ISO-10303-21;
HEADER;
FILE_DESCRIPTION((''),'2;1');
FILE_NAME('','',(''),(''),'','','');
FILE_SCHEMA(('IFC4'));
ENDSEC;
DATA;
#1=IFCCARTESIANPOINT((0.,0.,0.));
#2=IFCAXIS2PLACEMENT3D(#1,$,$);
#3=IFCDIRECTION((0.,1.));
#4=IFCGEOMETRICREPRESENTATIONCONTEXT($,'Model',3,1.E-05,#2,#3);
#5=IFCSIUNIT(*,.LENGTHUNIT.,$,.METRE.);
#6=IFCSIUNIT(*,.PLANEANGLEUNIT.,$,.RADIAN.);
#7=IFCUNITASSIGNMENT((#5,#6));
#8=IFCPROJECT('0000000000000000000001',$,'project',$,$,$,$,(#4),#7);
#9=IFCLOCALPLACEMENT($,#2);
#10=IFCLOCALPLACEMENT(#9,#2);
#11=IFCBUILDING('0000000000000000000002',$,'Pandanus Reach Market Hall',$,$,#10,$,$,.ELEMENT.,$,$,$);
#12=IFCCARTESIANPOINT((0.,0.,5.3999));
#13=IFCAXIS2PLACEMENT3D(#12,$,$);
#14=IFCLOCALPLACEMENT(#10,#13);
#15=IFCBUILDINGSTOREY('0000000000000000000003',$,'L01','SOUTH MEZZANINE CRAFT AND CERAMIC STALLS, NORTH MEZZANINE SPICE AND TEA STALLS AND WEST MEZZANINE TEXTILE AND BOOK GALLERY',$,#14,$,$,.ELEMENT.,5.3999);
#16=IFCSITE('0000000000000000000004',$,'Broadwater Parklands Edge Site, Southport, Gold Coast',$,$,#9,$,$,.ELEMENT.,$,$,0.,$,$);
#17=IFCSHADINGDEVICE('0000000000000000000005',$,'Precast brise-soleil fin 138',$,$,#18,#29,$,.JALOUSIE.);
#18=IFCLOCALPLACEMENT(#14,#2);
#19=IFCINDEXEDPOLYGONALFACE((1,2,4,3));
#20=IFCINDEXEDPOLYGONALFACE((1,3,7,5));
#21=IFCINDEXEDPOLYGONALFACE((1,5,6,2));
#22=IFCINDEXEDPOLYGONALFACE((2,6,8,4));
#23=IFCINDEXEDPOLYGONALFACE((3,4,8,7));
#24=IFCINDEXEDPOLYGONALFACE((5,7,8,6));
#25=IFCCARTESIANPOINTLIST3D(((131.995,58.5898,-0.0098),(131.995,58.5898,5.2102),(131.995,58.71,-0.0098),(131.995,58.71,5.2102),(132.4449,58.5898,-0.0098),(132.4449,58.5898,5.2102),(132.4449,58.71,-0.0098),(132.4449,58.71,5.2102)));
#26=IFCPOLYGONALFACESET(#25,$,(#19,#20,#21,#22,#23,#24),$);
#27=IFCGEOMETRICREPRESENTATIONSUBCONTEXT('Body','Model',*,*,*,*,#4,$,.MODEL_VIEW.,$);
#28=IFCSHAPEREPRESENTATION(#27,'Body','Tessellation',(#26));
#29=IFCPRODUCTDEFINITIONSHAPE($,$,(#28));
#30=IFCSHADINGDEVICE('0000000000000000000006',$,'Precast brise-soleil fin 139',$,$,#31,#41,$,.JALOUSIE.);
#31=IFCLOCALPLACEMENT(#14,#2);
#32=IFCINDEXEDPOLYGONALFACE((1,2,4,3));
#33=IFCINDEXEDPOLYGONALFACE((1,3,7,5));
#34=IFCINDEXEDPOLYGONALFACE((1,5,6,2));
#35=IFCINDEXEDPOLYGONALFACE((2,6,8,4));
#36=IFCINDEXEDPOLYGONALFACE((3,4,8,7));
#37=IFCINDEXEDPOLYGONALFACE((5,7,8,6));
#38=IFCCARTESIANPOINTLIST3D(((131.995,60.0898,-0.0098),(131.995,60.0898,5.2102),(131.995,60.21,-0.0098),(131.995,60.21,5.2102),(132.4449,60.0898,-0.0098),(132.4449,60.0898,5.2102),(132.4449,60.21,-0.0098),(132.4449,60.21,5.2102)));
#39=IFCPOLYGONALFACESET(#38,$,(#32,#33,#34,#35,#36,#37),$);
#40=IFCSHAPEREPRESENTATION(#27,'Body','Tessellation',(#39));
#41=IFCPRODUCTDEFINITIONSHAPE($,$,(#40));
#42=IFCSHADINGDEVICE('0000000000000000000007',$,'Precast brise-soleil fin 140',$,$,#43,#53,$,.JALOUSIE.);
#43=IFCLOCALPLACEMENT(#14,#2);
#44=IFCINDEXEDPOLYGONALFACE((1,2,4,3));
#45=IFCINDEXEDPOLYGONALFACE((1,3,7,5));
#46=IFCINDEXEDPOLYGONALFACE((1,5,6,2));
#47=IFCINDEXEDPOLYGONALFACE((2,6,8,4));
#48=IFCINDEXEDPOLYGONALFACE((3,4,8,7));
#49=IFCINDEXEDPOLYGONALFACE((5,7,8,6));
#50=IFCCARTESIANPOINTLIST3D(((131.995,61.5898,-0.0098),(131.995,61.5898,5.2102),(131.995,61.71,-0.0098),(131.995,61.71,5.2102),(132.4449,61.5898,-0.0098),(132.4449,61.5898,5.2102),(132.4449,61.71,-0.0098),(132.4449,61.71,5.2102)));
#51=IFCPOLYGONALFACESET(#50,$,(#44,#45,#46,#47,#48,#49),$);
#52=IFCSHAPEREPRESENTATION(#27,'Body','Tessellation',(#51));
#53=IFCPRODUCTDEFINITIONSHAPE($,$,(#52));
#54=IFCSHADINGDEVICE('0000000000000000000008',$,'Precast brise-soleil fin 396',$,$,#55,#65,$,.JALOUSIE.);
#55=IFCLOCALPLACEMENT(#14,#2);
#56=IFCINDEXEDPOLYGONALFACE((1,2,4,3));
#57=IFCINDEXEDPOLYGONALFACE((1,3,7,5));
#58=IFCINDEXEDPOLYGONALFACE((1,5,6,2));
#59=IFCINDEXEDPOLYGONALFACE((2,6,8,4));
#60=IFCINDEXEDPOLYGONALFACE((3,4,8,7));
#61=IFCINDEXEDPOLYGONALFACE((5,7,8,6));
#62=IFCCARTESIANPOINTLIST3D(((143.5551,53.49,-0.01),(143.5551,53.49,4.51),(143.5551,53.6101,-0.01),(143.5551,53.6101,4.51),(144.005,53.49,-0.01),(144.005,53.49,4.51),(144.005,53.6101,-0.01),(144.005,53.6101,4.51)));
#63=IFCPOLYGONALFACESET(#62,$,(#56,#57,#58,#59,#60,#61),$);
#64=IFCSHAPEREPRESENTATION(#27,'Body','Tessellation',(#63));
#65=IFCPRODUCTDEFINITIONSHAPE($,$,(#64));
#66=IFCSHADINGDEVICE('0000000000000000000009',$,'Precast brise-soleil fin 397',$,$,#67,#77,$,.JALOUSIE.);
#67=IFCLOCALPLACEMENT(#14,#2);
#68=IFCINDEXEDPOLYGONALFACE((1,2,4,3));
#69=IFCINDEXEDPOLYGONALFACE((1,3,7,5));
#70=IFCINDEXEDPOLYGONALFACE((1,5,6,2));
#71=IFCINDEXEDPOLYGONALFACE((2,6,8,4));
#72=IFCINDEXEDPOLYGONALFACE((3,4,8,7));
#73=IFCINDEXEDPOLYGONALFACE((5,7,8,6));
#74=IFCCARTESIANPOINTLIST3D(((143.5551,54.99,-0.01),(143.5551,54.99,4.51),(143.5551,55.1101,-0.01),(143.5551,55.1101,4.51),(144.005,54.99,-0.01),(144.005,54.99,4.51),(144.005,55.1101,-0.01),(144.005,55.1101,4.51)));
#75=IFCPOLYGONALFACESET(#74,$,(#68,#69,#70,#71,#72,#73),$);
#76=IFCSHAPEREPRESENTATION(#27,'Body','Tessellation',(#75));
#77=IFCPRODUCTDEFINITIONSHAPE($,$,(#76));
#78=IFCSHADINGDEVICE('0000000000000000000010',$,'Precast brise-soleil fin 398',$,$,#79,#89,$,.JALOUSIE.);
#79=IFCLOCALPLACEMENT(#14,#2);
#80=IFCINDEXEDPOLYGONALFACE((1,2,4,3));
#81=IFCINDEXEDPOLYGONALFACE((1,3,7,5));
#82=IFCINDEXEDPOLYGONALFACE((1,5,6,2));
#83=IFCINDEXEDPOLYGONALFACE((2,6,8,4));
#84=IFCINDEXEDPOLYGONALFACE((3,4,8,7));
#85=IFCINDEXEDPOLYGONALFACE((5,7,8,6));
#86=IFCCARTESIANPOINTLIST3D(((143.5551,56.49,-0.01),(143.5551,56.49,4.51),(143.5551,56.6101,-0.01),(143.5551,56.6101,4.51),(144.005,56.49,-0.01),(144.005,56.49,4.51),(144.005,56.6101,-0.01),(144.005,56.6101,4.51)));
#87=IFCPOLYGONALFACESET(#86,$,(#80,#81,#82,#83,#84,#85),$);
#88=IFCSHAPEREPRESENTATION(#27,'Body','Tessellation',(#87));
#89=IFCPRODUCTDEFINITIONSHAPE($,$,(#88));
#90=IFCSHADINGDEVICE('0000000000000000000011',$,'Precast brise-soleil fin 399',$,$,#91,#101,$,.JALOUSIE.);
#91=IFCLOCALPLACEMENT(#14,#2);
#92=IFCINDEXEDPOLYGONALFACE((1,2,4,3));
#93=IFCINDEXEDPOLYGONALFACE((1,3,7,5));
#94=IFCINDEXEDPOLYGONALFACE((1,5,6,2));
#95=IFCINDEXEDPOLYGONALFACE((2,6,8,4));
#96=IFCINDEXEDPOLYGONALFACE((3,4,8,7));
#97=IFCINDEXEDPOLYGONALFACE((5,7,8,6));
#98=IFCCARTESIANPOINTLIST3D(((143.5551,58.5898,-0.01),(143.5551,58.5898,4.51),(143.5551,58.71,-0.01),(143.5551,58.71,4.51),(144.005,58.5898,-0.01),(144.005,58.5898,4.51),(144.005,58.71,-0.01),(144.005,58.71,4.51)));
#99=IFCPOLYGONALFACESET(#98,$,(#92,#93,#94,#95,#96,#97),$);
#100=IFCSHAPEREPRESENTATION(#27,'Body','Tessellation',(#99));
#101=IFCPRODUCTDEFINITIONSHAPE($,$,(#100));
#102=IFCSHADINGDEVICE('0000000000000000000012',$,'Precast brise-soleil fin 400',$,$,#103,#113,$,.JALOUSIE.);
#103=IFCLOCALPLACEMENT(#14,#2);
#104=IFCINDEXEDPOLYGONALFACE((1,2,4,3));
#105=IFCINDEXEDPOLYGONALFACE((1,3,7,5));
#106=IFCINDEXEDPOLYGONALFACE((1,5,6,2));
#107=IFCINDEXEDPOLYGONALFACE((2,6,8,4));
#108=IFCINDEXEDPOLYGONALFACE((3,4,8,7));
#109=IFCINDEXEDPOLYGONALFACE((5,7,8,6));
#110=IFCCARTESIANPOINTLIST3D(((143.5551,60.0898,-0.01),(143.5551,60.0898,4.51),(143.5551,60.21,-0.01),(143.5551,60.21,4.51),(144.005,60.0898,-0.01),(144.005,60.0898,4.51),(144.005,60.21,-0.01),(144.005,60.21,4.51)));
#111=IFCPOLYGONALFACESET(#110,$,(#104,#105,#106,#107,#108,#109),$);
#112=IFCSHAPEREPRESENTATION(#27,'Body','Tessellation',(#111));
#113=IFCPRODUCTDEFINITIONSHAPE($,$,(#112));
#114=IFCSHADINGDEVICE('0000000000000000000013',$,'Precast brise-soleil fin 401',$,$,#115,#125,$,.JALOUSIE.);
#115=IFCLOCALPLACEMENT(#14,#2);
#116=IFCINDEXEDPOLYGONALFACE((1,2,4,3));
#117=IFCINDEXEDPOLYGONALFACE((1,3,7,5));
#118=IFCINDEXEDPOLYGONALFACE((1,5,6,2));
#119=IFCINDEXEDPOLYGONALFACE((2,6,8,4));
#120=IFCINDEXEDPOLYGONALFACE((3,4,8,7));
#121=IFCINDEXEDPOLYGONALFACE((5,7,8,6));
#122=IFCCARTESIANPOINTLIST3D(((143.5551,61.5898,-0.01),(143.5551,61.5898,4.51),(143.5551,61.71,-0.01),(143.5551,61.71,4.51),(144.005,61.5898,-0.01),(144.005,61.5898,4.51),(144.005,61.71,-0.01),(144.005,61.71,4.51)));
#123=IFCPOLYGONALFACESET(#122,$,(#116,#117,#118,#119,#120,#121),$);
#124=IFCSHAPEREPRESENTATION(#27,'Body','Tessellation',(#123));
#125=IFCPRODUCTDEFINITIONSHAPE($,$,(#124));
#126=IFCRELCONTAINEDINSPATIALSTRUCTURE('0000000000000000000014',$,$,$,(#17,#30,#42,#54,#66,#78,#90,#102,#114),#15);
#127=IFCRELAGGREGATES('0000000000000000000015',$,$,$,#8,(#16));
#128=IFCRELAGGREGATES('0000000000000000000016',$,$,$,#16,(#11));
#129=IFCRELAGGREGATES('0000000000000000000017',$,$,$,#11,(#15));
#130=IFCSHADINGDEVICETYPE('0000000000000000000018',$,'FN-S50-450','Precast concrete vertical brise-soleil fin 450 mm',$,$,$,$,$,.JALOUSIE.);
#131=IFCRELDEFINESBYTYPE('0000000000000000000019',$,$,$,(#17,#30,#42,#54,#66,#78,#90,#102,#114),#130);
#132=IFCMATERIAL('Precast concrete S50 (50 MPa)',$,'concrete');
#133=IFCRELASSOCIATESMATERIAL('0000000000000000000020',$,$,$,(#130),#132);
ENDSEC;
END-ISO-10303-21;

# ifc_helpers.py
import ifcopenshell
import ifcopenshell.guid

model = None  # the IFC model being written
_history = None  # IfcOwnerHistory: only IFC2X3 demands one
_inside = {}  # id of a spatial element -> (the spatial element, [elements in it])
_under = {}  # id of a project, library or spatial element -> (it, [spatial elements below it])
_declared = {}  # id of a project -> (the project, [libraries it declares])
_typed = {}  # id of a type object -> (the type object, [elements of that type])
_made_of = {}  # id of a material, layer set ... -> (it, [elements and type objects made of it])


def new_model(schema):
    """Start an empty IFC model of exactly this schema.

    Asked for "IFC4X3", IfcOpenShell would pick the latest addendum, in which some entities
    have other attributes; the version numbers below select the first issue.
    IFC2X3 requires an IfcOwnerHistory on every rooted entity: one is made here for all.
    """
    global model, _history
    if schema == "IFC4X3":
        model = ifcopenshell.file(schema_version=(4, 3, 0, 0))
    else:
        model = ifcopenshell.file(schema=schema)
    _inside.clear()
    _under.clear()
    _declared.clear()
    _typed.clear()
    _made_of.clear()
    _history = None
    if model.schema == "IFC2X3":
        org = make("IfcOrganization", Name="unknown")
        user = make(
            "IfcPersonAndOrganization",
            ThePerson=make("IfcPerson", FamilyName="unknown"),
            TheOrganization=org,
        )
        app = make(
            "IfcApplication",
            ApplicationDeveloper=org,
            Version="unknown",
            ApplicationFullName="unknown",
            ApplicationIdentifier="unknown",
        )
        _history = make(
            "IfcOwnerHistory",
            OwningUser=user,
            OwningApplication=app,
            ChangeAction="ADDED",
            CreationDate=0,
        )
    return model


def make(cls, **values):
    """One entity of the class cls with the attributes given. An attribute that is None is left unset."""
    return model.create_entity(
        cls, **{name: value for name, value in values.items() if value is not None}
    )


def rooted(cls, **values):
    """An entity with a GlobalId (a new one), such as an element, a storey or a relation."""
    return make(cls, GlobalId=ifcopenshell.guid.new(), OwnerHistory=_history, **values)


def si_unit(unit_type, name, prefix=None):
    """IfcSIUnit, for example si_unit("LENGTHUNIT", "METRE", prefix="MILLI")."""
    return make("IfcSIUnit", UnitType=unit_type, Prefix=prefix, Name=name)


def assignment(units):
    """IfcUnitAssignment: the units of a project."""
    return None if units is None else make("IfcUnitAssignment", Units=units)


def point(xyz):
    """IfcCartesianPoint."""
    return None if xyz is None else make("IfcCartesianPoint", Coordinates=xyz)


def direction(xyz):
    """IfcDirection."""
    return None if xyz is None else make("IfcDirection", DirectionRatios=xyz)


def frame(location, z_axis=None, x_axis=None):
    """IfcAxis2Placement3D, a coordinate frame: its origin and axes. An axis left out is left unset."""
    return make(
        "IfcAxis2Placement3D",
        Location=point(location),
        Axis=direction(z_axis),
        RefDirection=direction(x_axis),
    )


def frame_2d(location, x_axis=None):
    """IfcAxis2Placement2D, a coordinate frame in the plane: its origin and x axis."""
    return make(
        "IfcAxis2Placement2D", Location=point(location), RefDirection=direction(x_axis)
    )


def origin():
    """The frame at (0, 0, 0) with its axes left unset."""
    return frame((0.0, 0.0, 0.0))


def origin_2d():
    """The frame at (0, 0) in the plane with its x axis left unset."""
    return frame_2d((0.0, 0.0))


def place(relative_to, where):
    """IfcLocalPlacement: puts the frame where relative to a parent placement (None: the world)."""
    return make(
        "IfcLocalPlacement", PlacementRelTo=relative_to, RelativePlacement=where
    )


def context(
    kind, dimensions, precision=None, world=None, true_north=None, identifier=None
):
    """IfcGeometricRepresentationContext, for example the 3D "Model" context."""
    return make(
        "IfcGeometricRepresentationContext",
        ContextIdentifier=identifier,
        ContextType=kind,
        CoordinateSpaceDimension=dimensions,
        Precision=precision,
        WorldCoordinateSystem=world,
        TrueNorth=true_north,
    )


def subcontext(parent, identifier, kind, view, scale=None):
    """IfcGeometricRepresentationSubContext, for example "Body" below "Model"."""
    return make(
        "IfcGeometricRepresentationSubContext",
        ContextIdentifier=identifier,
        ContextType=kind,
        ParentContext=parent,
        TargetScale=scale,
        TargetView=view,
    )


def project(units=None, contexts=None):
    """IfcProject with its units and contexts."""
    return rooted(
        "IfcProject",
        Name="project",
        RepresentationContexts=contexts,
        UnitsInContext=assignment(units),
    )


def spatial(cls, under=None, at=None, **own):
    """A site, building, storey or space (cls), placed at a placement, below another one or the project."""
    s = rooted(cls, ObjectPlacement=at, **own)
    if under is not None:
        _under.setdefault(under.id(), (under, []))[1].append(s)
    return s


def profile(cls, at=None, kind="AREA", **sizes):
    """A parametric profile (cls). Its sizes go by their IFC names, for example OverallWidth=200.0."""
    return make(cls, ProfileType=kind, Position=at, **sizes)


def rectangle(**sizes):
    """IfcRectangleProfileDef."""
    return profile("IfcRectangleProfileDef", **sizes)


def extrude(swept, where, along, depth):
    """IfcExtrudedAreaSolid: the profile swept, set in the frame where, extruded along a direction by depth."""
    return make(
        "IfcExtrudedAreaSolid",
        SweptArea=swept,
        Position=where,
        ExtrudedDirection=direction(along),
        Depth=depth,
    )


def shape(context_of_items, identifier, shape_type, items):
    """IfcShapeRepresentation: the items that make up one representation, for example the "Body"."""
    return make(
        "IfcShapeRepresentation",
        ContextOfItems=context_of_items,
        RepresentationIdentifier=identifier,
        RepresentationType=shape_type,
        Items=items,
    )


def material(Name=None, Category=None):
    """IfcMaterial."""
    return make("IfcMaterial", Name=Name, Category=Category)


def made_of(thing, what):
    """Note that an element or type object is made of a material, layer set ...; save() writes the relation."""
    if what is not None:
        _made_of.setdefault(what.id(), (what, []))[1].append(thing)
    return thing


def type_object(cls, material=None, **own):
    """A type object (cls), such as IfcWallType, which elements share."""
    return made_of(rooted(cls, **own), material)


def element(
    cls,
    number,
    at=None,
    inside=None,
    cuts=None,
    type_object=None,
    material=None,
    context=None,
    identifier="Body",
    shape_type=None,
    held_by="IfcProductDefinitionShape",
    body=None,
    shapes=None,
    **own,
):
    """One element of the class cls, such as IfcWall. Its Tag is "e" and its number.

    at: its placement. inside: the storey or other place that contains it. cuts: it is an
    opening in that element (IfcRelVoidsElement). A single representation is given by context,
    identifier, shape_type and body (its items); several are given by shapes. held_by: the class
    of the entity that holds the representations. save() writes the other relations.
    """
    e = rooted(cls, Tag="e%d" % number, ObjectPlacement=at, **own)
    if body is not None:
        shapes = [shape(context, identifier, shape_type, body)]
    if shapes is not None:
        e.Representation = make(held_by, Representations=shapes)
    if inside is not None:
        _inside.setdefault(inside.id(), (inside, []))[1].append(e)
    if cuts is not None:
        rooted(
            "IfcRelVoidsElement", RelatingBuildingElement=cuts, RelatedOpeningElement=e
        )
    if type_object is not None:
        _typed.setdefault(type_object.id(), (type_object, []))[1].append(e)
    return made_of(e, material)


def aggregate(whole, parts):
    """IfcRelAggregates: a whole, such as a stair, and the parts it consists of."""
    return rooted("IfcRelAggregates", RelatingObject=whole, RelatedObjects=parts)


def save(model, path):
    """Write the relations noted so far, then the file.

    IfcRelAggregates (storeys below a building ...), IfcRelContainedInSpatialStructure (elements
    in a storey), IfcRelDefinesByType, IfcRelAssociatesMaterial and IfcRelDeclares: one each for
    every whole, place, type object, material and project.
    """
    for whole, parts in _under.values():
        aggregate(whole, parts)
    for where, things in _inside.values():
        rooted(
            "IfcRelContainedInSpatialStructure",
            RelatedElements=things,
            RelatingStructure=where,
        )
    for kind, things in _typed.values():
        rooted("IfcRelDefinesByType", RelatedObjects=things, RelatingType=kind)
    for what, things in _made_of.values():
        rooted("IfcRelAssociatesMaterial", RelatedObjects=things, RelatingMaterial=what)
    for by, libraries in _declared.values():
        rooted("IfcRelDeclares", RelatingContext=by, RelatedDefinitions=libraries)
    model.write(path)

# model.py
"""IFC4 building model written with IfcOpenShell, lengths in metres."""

from ifc_helpers import new_model, si_unit, direction, frame, origin, origin_2d, place, context, subcontext, project, spatial, rectangle, extrude, material, type_object, element, save


model = new_model("IFC4")

# Units and contexts
model_context = context("Model", 3, precision=1e-05, world=origin(), true_north=direction((0.0, 1.0)))
body_context = subcontext(model_context, "Body", "Model", "MODEL_VIEW")
ifc_project = project(units=[si_unit("LENGTHUNIT", "METRE"), si_unit("PLANEANGLEUNIT", "RADIAN")], contexts=[model_context])

# Site, building, storey
site_placement = place(None, origin())
site = spatial("IfcSite", under=ifc_project, at=site_placement, Name="Broadwater Parklands Edge Site, Southport, Gold Coast", CompositionType="ELEMENT", RefElevation=0.0)
building_placement = place(site_placement, origin())
building = spatial("IfcBuilding", under=site, at=building_placement, Name="Pandanus Reach Market Hall", CompositionType="ELEMENT")
storey_placement = place(building_placement, frame((0.0, 0.0, 5.3999)))
storey = spatial("IfcBuildingStorey", under=building, at=storey_placement, Name="L01", Description="SOUTH MEZZANINE CRAFT AND CERAMIC STALLS, NORTH MEZZANINE SPICE AND TEA STALLS AND WEST MEZZANINE TEXTILE AND BOOK GALLERY", CompositionType="ELEMENT", Elevation=5.3999)

# Shading devices
ifc_material_1 = material(Name="Precast concrete S50 (50 MPa)", Category="concrete")
shading_device_type = type_object("IfcShadingDeviceType", Name="FN-S50-450", Description="Precast concrete vertical brise-soleil fin 450 mm", PredefinedType="JALOUSIE", material=ifc_material_1)
for number, where, z_axis, x_axis, name in (
    (1, (132.22, 58.6499, -0.0098), (0.0, 0.0, 1.0), (1.0, 0.0, 0.0), "Precast brise-soleil fin 138"),
    (2, (132.22, 60.1499, -0.0098), (0.0, 0.0, 1.0), (1.0, 0.0, 0.0), "Precast brise-soleil fin 139"),
    (3, (132.22, 61.6499, -0.0098), (0.0, 0.0, 1.0), (1.0, 0.0, 0.0), "Precast brise-soleil fin 140"),
):
    element("IfcShadingDevice", number, at=place(storey_placement, frame(where, z_axis=z_axis, x_axis=x_axis)), inside=storey, type_object=shading_device_type, Name=name, PredefinedType="JALOUSIE", context=body_context, shape_type="SweptSolid", body=[
        extrude(rectangle(XDim=0.45, YDim=0.1201, at=origin_2d()), origin(), (0.0, 0.0, 1.0), 5.22),
    ])
for number, where, z_axis, x_axis, name in (
    (4, (143.78, 53.55, -0.01), (0.0, 0.0, 1.0), (-1.0, 0.0, 0.0), "Precast brise-soleil fin 396"),
    (5, (143.78, 55.05, -0.01), (0.0, 0.0, 1.0), (-1.0, 0.0, 0.0), "Precast brise-soleil fin 397"),
    (6, (143.78, 56.55, -0.01), (0.0, 0.0, 1.0), (-1.0, 0.0, 0.0), "Precast brise-soleil fin 398"),
    (7, (143.78, 58.6499, -0.01), (0.0, 0.0, 1.0), (-1.0, 0.0, 0.0), "Precast brise-soleil fin 399"),
    (8, (143.78, 60.1499, -0.01), (0.0, 0.0, 1.0), (-1.0, 0.0, 0.0), "Precast brise-soleil fin 400"),
    (9, (143.78, 61.6499, -0.01), (0.0, 0.0, 1.0), (-1.0, 0.0, 0.0), "Precast brise-soleil fin 401"),
):
    element("IfcShadingDevice", number, at=place(storey_placement, frame(where, z_axis=z_axis, x_axis=x_axis)), inside=storey, type_object=shading_device_type, Name=name, PredefinedType="JALOUSIE", context=body_context, shape_type="SweptSolid", body=[
        extrude(rectangle(XDim=0.45, YDim=0.1201, at=origin_2d()), origin(), (0.0, 0.0, 1.0), 4.52),
    ])

save(model, "model.ifc")
